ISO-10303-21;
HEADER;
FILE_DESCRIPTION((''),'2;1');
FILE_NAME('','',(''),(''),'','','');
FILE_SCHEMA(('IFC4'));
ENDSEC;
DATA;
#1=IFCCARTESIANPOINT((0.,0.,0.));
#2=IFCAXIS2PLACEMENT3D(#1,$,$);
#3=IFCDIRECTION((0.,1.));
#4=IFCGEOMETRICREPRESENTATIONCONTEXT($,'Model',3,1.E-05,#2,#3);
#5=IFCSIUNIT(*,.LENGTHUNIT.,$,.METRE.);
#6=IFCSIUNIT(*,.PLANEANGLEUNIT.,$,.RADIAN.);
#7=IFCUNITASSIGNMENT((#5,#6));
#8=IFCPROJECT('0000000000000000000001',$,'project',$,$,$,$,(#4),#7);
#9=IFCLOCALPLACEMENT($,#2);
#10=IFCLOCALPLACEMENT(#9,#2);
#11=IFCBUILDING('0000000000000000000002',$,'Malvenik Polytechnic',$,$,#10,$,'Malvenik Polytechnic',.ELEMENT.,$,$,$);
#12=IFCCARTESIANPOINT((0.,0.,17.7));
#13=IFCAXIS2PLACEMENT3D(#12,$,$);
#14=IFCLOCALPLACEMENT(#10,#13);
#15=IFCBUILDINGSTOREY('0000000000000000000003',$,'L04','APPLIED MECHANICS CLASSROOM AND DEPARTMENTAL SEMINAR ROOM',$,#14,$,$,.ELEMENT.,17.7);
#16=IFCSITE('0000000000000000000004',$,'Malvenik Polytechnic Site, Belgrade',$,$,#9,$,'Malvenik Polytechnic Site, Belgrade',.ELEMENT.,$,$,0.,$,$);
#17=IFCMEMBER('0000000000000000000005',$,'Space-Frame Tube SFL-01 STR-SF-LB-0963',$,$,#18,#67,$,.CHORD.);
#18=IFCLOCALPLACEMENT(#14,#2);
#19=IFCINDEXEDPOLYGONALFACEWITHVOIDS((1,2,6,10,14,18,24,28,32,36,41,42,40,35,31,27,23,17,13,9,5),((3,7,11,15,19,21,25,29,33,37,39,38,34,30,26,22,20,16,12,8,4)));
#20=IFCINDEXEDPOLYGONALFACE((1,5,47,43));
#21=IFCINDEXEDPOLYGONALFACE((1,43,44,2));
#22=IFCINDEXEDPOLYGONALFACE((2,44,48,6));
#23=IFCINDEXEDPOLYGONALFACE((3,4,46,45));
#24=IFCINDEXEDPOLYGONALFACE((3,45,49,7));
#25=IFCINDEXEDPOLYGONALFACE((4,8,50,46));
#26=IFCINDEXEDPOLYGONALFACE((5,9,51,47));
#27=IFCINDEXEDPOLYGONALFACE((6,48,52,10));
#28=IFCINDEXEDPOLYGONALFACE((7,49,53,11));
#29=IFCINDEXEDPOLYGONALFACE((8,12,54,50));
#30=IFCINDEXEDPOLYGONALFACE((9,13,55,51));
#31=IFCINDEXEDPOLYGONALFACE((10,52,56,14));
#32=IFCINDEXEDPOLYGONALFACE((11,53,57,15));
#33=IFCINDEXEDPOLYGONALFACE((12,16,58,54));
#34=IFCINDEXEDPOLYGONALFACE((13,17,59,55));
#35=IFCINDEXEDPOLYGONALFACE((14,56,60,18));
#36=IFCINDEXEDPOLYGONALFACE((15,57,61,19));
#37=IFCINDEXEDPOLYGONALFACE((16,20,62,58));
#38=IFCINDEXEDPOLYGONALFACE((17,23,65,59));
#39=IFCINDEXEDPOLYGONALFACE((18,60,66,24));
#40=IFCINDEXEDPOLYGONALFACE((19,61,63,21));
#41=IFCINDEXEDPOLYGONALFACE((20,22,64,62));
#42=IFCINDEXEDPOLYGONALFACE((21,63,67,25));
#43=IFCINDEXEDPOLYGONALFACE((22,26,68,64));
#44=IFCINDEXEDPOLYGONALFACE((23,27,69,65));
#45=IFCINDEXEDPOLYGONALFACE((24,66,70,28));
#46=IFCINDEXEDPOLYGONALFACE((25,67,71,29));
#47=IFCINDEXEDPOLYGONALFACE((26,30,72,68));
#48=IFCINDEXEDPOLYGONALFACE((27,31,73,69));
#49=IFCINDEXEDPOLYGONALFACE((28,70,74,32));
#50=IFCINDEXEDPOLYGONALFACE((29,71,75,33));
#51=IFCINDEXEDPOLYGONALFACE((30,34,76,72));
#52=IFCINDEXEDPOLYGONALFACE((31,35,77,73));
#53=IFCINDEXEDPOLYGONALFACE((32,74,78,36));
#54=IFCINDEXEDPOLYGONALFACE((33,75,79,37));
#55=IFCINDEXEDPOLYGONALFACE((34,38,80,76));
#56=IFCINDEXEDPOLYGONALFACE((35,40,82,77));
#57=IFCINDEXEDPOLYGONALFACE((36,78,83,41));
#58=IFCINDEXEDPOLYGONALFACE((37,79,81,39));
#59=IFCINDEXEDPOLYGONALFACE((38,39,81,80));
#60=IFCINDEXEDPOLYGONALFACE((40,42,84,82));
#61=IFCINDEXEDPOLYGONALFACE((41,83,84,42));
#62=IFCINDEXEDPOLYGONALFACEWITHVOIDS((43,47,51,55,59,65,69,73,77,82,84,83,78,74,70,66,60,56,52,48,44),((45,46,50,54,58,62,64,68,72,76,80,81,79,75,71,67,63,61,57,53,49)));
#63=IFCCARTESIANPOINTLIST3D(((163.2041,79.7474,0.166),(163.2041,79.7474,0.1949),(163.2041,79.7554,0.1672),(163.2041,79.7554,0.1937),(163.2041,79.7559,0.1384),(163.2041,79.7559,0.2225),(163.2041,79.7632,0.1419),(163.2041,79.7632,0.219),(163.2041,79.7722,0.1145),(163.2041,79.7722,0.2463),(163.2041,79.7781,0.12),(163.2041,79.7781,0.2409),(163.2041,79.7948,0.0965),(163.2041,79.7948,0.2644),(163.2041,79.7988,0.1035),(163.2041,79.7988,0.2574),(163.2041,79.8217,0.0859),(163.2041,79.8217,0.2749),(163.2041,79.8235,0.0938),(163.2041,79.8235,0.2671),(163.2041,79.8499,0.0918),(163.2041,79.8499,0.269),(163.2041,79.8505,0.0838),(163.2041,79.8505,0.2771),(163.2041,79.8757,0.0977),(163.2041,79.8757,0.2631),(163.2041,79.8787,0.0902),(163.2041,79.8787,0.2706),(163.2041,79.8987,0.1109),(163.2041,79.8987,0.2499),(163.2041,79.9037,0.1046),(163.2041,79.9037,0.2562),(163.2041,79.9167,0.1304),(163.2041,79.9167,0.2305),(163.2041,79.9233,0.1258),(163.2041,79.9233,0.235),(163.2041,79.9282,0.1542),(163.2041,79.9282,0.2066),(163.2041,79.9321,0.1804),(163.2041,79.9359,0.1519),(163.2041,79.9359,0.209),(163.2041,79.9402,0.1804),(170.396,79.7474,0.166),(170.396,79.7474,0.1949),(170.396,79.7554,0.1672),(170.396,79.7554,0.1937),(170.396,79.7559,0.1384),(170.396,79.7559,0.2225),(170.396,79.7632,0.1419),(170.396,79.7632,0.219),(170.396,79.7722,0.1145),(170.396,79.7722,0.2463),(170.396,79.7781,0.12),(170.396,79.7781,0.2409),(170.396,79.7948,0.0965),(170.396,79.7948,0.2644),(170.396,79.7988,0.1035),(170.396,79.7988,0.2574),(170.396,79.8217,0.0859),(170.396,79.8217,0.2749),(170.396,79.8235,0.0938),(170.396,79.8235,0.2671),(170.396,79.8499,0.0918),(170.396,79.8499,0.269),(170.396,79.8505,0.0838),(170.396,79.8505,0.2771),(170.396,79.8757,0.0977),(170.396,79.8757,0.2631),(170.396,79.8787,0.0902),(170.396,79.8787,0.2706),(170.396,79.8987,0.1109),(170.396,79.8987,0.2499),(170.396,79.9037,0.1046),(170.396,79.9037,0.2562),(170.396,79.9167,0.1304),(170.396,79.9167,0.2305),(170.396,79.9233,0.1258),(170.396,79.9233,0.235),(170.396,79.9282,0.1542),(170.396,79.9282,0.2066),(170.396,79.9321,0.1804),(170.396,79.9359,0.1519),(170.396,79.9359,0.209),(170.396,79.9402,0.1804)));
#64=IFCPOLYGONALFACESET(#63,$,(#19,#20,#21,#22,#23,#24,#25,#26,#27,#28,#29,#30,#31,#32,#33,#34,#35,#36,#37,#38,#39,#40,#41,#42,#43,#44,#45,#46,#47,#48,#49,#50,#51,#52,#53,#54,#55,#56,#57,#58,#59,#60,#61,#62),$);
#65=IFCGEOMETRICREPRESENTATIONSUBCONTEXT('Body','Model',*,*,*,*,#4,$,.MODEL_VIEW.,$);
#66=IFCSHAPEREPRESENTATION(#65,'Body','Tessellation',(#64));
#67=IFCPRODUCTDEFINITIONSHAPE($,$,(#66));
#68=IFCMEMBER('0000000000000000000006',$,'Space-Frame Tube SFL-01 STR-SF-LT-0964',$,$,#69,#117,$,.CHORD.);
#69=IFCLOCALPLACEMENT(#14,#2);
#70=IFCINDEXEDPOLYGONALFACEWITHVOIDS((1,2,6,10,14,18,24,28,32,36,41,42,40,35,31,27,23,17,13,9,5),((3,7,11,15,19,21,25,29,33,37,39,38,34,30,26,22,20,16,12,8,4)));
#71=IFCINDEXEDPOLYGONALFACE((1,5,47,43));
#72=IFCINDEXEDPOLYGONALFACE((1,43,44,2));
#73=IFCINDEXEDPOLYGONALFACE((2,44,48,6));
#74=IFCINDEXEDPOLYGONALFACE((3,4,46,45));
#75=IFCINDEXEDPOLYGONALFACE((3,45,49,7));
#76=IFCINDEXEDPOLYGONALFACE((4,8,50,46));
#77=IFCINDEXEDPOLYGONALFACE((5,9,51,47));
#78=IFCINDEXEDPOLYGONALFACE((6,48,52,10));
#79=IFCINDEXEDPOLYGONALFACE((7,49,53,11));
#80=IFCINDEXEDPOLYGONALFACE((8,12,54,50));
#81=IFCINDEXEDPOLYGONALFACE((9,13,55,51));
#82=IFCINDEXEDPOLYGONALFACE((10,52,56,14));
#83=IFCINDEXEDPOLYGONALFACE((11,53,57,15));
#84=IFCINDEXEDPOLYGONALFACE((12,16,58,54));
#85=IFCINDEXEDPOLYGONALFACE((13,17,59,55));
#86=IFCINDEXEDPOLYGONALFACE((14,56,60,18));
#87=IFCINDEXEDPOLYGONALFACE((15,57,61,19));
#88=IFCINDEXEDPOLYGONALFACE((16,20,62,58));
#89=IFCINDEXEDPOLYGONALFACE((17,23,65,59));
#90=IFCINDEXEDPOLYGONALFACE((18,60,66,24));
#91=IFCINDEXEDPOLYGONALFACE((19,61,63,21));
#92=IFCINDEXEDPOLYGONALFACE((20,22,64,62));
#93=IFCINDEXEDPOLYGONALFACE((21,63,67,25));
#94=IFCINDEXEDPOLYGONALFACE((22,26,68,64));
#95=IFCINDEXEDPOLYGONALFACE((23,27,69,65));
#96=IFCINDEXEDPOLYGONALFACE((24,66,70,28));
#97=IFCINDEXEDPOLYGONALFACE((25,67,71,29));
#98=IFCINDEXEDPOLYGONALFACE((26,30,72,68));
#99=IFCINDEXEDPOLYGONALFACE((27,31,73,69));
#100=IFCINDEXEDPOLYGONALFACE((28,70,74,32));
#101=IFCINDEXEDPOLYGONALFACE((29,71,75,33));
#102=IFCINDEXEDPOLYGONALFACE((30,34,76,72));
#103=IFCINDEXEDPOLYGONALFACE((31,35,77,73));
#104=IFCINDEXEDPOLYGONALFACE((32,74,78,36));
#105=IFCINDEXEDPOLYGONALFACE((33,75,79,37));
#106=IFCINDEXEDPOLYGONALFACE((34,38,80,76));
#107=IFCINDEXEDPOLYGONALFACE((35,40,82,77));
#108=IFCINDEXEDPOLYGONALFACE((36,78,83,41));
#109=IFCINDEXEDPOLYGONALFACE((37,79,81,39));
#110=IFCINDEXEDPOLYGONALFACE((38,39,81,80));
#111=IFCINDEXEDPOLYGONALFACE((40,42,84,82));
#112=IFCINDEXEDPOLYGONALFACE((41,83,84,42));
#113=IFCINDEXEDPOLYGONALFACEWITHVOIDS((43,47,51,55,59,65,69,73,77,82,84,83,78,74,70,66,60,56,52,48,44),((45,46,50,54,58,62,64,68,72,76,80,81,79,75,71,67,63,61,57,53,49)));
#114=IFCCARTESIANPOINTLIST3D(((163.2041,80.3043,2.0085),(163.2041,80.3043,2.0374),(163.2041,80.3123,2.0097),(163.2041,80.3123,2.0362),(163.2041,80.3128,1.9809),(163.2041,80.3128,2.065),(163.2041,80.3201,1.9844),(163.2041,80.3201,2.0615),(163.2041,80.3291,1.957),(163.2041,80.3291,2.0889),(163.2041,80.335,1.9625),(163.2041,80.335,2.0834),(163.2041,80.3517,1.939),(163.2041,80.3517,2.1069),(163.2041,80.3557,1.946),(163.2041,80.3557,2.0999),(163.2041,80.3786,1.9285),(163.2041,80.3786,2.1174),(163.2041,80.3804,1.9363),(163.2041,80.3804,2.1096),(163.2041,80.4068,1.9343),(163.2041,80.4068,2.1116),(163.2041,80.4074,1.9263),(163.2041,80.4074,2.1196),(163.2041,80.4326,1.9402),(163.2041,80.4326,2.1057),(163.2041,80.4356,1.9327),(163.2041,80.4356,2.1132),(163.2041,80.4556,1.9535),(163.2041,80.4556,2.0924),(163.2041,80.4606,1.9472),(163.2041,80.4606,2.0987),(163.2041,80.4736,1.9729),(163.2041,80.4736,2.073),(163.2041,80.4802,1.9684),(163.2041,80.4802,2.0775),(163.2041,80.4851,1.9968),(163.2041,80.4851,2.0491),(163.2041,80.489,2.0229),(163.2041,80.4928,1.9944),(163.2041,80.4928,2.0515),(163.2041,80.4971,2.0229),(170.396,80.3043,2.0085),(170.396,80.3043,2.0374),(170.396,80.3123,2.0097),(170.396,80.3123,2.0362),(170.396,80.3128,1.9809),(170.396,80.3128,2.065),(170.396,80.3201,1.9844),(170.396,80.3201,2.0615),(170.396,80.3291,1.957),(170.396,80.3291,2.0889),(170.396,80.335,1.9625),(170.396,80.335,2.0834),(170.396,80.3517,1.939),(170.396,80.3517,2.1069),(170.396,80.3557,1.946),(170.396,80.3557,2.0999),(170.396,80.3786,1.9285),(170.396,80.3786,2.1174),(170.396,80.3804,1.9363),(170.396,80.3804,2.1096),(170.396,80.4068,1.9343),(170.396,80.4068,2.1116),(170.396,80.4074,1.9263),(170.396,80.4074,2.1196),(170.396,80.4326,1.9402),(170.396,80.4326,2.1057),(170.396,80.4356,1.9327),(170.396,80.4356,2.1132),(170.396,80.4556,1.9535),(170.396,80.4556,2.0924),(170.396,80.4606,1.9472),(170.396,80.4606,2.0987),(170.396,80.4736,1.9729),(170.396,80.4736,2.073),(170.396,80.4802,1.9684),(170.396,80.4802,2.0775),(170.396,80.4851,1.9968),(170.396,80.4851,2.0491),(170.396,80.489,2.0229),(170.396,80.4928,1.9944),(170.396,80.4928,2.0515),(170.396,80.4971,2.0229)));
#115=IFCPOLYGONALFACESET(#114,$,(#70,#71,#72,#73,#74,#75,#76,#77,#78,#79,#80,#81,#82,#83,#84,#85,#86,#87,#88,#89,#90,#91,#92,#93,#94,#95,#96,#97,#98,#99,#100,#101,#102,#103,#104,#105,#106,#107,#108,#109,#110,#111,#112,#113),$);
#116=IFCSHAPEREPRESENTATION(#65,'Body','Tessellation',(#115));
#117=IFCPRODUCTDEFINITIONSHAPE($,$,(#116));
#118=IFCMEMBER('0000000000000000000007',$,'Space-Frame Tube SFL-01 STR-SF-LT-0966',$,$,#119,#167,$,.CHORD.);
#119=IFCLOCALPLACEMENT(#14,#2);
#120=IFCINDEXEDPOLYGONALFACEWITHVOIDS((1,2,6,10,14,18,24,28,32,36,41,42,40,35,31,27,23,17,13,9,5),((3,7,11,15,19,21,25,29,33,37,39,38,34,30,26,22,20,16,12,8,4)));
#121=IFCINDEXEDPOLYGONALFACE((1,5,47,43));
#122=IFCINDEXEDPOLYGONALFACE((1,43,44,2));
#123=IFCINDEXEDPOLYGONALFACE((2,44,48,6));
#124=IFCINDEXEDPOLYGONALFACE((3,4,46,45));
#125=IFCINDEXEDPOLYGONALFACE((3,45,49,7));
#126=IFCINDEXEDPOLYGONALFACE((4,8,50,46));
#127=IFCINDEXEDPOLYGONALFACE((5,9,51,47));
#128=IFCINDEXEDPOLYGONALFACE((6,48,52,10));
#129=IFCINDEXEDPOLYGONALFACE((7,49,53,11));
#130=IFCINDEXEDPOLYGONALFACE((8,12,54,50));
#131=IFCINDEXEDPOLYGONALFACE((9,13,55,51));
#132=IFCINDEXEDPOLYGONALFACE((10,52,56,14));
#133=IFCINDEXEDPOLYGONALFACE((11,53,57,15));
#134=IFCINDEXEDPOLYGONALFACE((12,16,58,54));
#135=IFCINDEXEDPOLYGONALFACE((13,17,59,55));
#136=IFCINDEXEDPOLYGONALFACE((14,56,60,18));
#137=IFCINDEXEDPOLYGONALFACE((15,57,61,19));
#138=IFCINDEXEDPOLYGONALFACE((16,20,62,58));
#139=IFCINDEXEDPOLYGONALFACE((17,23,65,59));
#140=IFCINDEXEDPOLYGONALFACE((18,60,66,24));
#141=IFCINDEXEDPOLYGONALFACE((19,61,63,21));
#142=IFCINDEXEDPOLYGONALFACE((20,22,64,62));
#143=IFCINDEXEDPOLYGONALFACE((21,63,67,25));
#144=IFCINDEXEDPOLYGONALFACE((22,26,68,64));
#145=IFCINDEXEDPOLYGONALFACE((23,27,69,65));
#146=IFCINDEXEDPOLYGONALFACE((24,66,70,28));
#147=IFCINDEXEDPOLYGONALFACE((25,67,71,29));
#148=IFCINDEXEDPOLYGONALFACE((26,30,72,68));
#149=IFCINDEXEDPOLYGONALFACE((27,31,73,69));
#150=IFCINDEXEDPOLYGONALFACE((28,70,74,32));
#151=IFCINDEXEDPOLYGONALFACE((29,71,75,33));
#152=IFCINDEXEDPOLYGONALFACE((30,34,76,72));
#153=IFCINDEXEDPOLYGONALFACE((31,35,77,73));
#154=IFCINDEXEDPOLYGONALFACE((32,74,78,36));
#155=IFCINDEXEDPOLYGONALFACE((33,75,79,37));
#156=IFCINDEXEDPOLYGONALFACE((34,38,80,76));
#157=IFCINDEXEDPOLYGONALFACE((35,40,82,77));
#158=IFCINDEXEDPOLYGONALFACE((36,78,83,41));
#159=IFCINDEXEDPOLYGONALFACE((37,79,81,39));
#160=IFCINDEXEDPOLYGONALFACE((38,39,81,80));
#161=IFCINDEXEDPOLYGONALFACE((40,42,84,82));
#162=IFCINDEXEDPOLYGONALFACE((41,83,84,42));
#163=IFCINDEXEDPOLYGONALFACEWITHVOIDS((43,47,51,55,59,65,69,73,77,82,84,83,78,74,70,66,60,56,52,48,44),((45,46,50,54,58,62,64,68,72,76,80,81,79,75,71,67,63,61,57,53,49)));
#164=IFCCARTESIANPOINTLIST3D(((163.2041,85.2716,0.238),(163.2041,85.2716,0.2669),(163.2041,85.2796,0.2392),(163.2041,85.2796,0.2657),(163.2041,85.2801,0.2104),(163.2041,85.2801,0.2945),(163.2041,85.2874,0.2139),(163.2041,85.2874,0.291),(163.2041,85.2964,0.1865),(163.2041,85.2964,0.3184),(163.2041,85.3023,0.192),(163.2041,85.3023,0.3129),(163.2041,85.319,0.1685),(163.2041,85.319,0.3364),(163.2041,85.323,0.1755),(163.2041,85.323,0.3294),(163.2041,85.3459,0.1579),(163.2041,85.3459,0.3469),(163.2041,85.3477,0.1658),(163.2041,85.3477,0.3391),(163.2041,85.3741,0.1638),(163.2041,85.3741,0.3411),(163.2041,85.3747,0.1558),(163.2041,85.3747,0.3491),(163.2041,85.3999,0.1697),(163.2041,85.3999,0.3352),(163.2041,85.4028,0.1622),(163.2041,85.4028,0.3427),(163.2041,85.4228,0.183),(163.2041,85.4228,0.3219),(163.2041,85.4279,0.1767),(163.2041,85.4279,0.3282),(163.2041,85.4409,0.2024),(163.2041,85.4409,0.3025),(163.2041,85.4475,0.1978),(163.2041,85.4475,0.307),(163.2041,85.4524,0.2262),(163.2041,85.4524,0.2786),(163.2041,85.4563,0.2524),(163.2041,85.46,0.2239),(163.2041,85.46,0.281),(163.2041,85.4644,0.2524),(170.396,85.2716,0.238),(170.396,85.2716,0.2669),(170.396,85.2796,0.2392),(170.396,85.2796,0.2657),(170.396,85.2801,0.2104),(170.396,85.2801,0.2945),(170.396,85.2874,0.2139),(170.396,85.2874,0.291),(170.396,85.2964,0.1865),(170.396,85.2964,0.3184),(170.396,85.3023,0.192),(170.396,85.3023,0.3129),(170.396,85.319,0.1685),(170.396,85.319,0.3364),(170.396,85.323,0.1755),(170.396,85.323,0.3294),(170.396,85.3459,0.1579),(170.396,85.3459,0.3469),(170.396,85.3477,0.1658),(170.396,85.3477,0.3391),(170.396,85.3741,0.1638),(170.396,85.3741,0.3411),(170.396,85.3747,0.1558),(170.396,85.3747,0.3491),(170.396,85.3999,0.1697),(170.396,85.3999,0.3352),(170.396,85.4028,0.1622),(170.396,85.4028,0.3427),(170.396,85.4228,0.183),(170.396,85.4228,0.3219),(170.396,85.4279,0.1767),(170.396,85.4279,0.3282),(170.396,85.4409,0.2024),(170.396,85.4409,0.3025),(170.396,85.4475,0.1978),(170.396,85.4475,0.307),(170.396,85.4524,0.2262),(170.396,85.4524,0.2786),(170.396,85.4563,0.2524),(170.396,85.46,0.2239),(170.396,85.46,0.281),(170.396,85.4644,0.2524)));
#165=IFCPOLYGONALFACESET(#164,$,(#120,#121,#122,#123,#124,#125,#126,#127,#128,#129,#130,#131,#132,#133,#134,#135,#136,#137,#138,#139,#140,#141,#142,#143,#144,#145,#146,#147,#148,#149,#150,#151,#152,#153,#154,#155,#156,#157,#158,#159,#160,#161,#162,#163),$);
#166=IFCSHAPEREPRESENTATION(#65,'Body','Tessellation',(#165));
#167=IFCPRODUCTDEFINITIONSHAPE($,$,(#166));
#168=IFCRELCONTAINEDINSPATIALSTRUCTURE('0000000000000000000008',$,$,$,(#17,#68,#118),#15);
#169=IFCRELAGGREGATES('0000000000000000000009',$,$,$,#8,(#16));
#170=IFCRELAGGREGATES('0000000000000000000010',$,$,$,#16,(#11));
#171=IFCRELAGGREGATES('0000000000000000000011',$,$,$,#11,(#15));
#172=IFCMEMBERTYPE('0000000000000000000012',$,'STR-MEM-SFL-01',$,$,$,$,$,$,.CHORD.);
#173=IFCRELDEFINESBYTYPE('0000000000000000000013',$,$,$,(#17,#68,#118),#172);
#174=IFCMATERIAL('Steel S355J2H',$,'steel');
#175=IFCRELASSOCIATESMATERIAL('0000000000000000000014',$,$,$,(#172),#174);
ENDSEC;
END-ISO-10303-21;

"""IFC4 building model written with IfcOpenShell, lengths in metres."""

from ifc_helpers import new_model, si_unit, direction, frame, origin, origin_2d, place, context, subcontext, project, spatial, hollow_circle, extrude, material, material_profile, profile_set, type_object, element, save


model = new_model("IFC4")

# Units and contexts
model_context = context("Model", 3, precision=1e-05, world=origin(), true_north=direction((0.0, 1.0)))
body_context = subcontext(model_context, "Body", "Model", "MODEL_VIEW")
ifc_project = project(units=[si_unit("LENGTHUNIT", "METRE"), si_unit("PLANEANGLEUNIT", "RADIAN")], contexts=[model_context])

# Site, building, storey
site_placement = place(None, origin())
site = spatial("IfcSite", under=ifc_project, at=site_placement, Name="Malvenik Polytechnic Site, Belgrade", LongName="Malvenik Polytechnic Site, Belgrade", CompositionType="ELEMENT", RefElevation=0.0)
building_placement = place(site_placement, origin())
building = spatial("IfcBuilding", under=site, at=building_placement, Name="Malvenik Polytechnic", LongName="Malvenik Polytechnic", CompositionType="ELEMENT")
storey_placement = place(building_placement, frame((0.0, 0.0, 17.7)))
storey = spatial("IfcBuildingStorey", under=building, at=storey_placement, Name="L04", Description="APPLIED MECHANICS CLASSROOM AND DEPARTMENTAL SEMINAR ROOM", CompositionType="ELEMENT", Elevation=17.7)

# Members
ifc_material = material(Name="Steel S355J2H", Category="steel")
ifc_material_profile_1 = material_profile(ifc_material, hollow_circle(Radius=0.0969, WallThickness=0.0081, at=origin_2d()), Name="CHS 193.7x8.0")
ifc_profile_set_1 = profile_set([ifc_material_profile_1], Name="Steel S355J2H")
member_type_1 = type_object("IfcMemberType", Name="STR-MEM-SFL-01", PredefinedType="CHORD", material=ifc_profile_set_1)
for number, where, z_axis, x_axis, name in (
    (1, (163.2041, 79.8433, 0.1804), (1.0, 0.0, 0.0), (0.0, 1.0, 0.0), "Space-Frame Tube SFL-01 STR-SF-LB-0963"),
    (2, (163.2041, 80.4001, 2.0229), (1.0, 0.0, 0.0), (0.0, 1.0, 0.0), "Space-Frame Tube SFL-01 STR-SF-LT-0964"),
    (3, (163.2041, 85.3674, 0.2524), (1.0, 0.0, 0.0), (0.0, 1.0, 0.0), "Space-Frame Tube SFL-01 STR-SF-LT-0966"),
):
    element("IfcMember", number, at=place(storey_placement, frame(where, z_axis=z_axis, x_axis=x_axis)), inside=storey, type_object=member_type_1, Name=name, PredefinedType="CHORD", context=body_context, shape_type="SweptSolid", body=[
        extrude(hollow_circle(Radius=0.0969, WallThickness=0.0081, at=origin_2d()), origin(), (0.0, 0.0, 1.0), 7.1919),
    ])

save(model, "model.ifc")
